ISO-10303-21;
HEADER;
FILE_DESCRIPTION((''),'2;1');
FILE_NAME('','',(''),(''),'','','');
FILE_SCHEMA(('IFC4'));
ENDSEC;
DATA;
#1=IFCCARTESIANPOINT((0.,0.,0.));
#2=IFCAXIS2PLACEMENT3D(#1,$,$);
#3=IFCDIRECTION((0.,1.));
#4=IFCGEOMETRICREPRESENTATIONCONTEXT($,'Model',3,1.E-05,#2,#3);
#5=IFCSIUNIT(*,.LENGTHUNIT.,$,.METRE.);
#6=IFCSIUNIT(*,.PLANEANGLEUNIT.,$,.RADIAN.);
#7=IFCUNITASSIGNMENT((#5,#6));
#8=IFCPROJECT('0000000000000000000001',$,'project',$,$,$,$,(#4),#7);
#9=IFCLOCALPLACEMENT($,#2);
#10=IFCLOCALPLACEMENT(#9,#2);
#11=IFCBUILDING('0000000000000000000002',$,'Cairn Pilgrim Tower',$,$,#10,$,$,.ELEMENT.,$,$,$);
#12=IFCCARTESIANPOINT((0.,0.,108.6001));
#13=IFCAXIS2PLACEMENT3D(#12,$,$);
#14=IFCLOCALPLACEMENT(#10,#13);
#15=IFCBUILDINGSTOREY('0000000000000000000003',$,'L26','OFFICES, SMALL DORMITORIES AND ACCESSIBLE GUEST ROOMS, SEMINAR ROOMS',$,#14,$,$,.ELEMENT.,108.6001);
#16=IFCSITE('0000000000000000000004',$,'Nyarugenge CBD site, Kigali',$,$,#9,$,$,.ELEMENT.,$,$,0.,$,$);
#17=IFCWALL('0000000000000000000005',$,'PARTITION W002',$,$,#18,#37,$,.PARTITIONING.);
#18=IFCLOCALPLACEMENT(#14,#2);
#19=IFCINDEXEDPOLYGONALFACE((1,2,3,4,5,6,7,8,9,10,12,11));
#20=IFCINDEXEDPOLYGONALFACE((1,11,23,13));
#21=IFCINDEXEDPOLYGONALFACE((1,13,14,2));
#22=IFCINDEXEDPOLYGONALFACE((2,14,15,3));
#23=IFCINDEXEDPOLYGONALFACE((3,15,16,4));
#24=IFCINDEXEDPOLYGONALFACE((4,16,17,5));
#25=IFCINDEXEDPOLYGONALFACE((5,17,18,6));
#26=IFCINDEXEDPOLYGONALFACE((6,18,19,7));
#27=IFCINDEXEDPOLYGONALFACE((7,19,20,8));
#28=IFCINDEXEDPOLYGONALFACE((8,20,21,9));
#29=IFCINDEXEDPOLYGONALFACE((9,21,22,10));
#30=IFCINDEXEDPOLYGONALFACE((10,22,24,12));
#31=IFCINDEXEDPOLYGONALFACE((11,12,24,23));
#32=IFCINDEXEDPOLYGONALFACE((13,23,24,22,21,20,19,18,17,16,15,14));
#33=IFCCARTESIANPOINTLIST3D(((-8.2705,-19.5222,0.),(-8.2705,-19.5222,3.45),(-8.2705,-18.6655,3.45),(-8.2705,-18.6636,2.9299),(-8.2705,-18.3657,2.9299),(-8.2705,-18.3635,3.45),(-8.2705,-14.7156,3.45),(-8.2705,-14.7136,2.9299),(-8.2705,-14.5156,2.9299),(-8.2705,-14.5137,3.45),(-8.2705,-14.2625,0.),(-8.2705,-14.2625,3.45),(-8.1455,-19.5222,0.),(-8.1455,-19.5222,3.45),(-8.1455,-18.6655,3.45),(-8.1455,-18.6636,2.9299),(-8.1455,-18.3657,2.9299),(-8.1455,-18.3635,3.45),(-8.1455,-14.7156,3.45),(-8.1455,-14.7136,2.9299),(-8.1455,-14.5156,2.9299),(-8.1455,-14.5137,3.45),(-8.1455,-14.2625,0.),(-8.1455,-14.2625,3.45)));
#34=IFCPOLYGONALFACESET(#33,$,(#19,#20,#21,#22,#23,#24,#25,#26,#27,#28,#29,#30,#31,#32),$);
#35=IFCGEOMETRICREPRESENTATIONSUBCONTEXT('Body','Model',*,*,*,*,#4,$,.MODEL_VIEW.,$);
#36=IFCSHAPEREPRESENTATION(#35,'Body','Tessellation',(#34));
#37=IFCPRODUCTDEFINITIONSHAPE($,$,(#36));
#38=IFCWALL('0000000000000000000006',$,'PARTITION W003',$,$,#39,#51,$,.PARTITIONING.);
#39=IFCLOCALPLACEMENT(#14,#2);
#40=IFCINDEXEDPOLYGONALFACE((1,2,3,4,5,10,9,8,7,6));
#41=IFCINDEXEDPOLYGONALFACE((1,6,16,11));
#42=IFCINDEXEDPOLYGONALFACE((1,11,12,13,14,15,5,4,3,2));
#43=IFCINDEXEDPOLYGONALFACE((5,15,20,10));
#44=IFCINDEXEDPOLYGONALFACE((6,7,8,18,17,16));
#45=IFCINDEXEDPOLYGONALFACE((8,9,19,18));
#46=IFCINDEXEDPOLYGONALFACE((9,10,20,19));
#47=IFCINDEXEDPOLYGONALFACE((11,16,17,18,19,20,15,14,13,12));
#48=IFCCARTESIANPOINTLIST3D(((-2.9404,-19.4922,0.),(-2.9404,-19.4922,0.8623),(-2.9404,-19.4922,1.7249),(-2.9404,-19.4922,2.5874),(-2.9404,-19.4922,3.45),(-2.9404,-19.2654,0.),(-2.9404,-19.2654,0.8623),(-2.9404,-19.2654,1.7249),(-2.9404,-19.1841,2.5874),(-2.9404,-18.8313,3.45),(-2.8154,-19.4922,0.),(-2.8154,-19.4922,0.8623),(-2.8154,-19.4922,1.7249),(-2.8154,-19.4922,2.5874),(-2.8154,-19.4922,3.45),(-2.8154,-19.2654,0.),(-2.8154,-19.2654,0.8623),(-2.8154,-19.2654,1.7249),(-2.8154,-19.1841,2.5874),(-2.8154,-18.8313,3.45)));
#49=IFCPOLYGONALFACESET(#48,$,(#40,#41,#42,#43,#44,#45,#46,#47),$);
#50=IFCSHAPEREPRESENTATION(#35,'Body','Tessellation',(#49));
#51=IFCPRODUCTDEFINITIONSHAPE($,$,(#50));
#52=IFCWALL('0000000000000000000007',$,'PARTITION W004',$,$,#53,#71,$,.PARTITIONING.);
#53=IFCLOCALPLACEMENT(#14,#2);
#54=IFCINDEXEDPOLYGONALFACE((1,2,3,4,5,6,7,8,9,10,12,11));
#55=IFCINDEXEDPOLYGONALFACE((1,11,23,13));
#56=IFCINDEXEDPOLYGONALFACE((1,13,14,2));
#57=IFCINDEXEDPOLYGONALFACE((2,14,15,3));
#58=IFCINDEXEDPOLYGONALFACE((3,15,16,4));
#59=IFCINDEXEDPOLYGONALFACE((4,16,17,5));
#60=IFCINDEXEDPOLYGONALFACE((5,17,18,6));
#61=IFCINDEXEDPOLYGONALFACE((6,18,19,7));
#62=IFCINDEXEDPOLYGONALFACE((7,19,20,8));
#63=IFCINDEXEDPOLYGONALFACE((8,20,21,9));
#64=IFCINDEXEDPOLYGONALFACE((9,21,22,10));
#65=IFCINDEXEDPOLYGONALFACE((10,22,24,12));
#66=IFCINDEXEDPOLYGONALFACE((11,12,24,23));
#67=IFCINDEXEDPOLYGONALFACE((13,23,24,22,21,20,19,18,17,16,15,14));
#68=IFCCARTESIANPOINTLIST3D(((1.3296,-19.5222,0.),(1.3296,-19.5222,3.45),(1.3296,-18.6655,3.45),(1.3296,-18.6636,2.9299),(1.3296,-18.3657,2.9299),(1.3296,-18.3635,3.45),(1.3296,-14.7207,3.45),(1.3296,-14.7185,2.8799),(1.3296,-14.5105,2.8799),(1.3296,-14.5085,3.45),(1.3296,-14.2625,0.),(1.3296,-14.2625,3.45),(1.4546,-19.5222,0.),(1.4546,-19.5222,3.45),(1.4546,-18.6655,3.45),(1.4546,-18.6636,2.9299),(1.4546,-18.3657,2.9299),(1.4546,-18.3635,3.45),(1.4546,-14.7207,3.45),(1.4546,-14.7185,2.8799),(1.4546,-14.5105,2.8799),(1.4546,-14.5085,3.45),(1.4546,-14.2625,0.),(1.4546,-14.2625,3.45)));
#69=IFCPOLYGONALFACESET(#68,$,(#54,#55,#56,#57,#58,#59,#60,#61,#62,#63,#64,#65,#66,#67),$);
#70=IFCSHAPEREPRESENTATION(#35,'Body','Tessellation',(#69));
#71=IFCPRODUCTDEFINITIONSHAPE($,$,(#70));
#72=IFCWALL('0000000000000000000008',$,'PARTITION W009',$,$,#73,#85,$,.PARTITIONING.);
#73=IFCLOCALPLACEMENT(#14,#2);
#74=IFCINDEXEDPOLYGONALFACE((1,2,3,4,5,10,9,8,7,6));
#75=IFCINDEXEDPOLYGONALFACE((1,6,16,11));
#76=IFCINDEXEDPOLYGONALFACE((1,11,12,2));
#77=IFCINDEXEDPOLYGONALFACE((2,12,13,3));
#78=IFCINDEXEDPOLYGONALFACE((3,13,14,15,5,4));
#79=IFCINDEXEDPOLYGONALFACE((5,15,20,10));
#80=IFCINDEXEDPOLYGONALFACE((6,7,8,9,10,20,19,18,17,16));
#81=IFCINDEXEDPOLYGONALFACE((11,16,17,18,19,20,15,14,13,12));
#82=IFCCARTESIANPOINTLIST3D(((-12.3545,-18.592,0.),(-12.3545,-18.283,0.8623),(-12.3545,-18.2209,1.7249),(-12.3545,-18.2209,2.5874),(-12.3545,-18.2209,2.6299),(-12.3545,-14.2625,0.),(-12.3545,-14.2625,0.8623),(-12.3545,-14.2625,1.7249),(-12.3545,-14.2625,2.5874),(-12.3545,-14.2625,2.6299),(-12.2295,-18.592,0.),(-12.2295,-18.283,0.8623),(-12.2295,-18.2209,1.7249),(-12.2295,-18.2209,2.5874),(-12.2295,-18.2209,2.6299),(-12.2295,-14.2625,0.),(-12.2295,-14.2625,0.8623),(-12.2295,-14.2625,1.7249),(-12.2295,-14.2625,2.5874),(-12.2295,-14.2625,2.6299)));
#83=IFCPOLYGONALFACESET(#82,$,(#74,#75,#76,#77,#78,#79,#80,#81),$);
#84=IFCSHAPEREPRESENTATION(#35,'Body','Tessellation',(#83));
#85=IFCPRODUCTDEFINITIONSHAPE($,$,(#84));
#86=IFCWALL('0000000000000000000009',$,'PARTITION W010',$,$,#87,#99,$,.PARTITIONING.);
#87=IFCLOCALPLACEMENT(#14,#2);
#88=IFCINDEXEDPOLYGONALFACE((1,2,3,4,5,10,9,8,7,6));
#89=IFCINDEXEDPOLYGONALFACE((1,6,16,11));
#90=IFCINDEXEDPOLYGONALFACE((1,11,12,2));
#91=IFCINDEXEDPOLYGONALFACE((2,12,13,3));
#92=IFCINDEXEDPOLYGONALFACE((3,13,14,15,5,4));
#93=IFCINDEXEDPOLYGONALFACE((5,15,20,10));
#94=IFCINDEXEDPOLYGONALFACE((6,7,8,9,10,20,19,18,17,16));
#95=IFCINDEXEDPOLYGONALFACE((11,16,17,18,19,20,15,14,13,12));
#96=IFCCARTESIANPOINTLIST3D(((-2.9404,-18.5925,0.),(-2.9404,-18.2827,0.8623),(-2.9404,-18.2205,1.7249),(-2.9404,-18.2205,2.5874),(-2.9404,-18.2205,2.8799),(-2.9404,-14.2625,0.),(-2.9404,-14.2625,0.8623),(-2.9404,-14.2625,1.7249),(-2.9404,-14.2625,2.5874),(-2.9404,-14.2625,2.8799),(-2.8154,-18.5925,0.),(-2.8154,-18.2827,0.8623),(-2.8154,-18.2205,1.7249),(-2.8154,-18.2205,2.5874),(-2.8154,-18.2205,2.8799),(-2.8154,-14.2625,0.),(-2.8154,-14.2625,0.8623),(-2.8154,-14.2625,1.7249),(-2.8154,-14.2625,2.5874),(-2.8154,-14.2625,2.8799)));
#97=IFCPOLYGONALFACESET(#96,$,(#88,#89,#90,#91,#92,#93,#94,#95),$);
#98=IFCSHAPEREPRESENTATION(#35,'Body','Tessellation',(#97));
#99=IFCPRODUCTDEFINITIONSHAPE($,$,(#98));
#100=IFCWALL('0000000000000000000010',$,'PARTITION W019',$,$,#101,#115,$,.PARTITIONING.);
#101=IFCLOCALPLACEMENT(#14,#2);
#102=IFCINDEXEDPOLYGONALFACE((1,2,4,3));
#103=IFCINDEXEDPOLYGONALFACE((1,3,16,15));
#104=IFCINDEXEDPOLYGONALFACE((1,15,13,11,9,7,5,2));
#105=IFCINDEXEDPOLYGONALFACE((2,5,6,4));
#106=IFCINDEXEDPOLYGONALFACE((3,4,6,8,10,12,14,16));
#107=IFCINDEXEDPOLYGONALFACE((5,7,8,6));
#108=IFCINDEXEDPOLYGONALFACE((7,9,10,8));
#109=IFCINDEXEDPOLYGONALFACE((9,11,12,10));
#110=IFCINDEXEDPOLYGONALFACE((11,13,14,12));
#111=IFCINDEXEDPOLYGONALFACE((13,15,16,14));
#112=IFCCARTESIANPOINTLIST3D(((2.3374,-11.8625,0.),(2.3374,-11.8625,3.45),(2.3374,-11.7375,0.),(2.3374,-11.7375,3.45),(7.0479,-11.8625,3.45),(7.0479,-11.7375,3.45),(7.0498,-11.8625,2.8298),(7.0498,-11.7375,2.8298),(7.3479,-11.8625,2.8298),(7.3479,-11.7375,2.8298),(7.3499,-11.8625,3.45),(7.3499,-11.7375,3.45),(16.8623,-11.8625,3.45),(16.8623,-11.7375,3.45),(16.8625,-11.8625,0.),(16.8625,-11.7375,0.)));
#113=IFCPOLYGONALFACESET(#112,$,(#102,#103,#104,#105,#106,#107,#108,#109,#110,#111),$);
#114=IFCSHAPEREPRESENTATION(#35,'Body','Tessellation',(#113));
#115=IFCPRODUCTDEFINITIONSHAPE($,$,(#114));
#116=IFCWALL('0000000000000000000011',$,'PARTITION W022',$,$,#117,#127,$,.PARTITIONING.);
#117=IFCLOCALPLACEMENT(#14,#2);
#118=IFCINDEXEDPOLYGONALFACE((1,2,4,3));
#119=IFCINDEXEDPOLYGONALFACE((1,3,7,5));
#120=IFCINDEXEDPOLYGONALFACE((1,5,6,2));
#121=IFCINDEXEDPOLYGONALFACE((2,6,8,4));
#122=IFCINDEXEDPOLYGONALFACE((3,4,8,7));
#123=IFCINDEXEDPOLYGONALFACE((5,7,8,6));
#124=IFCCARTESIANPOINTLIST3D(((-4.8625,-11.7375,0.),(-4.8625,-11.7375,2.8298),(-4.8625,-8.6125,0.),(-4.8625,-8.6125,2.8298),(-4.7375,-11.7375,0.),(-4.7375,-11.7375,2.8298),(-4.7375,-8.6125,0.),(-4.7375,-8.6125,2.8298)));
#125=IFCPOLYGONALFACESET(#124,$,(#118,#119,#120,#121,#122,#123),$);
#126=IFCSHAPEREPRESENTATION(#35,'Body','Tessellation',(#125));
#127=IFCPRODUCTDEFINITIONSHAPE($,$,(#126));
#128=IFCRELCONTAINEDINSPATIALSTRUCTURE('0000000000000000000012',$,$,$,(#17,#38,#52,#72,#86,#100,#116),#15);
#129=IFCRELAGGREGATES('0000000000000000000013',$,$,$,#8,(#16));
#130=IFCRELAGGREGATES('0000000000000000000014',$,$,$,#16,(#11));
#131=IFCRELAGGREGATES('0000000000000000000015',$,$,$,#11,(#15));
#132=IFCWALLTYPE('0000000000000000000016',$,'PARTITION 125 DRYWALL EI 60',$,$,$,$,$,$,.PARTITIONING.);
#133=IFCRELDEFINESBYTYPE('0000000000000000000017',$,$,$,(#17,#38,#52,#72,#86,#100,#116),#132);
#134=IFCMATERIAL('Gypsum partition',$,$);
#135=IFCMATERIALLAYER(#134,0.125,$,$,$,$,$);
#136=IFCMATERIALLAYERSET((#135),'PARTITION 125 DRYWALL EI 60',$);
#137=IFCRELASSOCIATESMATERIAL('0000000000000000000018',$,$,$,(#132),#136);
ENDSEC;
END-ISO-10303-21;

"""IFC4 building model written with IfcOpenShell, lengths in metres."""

from ifc_helpers import new_model, si_unit, direction, frame, frame_2d, origin, place, context, subcontext, project, spatial, polyline, rectangle, outline, extrude, material, layer, layer_set, type_object, element, save


model = new_model("IFC4")

# Units and contexts
model_context = context("Model", 3, precision=1e-05, world=origin(), true_north=direction((0.0, 1.0)))
body_context = subcontext(model_context, "Body", "Model", "MODEL_VIEW")
ifc_project = project(units=[si_unit("LENGTHUNIT", "METRE"), si_unit("PLANEANGLEUNIT", "RADIAN")], contexts=[model_context])

# Site, building, storey
site_placement = place(None, origin())
site = spatial("IfcSite", under=ifc_project, at=site_placement, Name="Nyarugenge CBD site, Kigali", CompositionType="ELEMENT", RefElevation=0.0)
building_placement = place(site_placement, origin())
building = spatial("IfcBuilding", under=site, at=building_placement, Name="Cairn Pilgrim Tower", CompositionType="ELEMENT")
storey_placement = place(building_placement, frame((0.0, 0.0, 108.6001)))
storey = spatial("IfcBuildingStorey", under=building, at=storey_placement, Name="L26", Description="OFFICES, SMALL DORMITORIES AND ACCESSIBLE GUEST ROOMS, SEMINAR ROOMS", CompositionType="ELEMENT", Elevation=108.6001)

# Walls
ifc_material_1 = material(Name="Gypsum partition")
ifc_layer_1 = layer(ifc_material_1, 0.125)
ifc_layer_set_1 = layer_set([ifc_layer_1], Name="PARTITION 125 DRYWALL EI 60")
wall_type_1 = type_object("IfcWallType", Name="PARTITION 125 DRYWALL EI 60", PredefinedType="PARTITIONING", material=ifc_layer_set_1)
wall_1_placement = place(storey_placement, frame((-8.208, -19.5222, 0.0), z_axis=(0.0, 0.0, 1.0), x_axis=(0.0, 1.0, 0.0)))
element("IfcWall", 1, at=wall_1_placement, inside=storey, type_object=wall_type_1, Name="PARTITION W002", PredefinedType="PARTITIONING", context=body_context, shape_type="SweptSolid", body=[
    extrude(outline(polyline([(0.0, 0.0), (5.2598, 0.0), (5.2598, 3.45), (5.0085, 3.45), (5.0066, 2.9299), (4.8086, 2.9299), (4.8066, 3.45), (1.1587, 3.45), (1.1565, 2.9299), (0.8586, 2.9299), (0.8567, 3.45), (0.0, 3.45), (0.0, 0.0)])), frame((0.0, 0.0625, 0.0), z_axis=(0.0, -1.0, 0.0), x_axis=(1.0, 0.0, 0.0)), (0.0, 0.0, 1.0), 0.125),
])
wall_2_placement = place(storey_placement, frame((-2.8779, -19.4922, 0.0), z_axis=(0.0, 0.0, 1.0), x_axis=(0.0, 1.0, 0.0)))
element("IfcWall", 2, at=wall_2_placement, inside=storey, type_object=wall_type_1, Name="PARTITION W003", PredefinedType="PARTITIONING", context=body_context, shape_type="SweptSolid", body=[
    extrude(outline(polyline([(0.0, 0.0), (0.2268, 0.0), (0.2268, 0.8623), (0.2268, 1.7249), (0.3081, 2.5874), (0.6609, 3.45), (0.0, 3.45), (0.0, 2.5874), (0.0, 1.7249), (0.0, 0.8623), (0.0, 0.0)])), frame((0.0, 0.0625, 0.0), z_axis=(0.0, -1.0, 0.0), x_axis=(1.0, 0.0, 0.0)), (0.0, 0.0, 1.0), 0.125),
])
wall_3_placement = place(storey_placement, frame((1.3921, -19.5222, 0.0), z_axis=(0.0, 0.0, 1.0), x_axis=(0.0, 1.0, 0.0)))
element("IfcWall", 3, at=wall_3_placement, inside=storey, type_object=wall_type_1, Name="PARTITION W004", PredefinedType="PARTITIONING", context=body_context, shape_type="SweptSolid", body=[
    extrude(outline(polyline([(0.0, 0.0), (5.2598, 0.0), (5.2598, 3.45), (5.0137, 3.45), (5.0117, 2.8799), (4.8037, 2.8799), (4.8015, 3.45), (1.1587, 3.45), (1.1565, 2.9299), (0.8586, 2.9299), (0.8567, 3.45), (0.0, 3.45), (0.0, 0.0)])), frame((0.0, 0.0625, 0.0), z_axis=(0.0, -1.0, 0.0), x_axis=(1.0, 0.0, 0.0)), (0.0, 0.0, 1.0), 0.125),
])
wall_4_placement = place(storey_placement, frame((-12.292, -18.592, 0.0), z_axis=(0.0, 0.0, 1.0), x_axis=(0.0, 1.0, 0.0)))
element("IfcWall", 4, at=wall_4_placement, inside=storey, type_object=wall_type_1, Name="PARTITION W009", PredefinedType="PARTITIONING", context=body_context, shape_type="SweptSolid", body=[
    extrude(outline(polyline([(0.0, 0.0), (4.3296, 0.0), (4.3296, 0.8623), (4.3296, 1.7249), (4.3296, 2.5874), (4.3296, 2.6299), (0.3711, 2.6299), (0.3711, 2.5874), (0.3711, 1.7249), (0.3091, 0.8623), (0.0, 0.0)])), frame((0.0, 0.0625, 0.0), z_axis=(0.0, -1.0, 0.0), x_axis=(1.0, 0.0, 0.0)), (0.0, 0.0, 1.0), 0.125),
])
wall_5_placement = place(storey_placement, frame((-2.8779, -18.5925, 0.0), z_axis=(0.0, 0.0, 1.0), x_axis=(0.0, 1.0, 0.0)))
element("IfcWall", 5, at=wall_5_placement, inside=storey, type_object=wall_type_1, Name="PARTITION W010", PredefinedType="PARTITIONING", context=body_context, shape_type="SweptSolid", body=[
    extrude(outline(polyline([(0.0, 0.0), (4.3301, 0.0), (4.3301, 0.8623), (4.3301, 1.7249), (4.3301, 2.5874), (4.3301, 2.8799), (0.3721, 2.8799), (0.3721, 2.5874), (0.3721, 1.7249), (0.3098, 0.8623), (0.0, 0.0)])), frame((0.0, 0.0625, 0.0), z_axis=(0.0, -1.0, 0.0), x_axis=(1.0, 0.0, 0.0)), (0.0, 0.0, 1.0), 0.125),
])
wall_6_placement = place(storey_placement, frame((2.3374, -11.8, 0.0), z_axis=(0.0, 0.0, 1.0), x_axis=(1.0, 0.0, 0.0)))
element("IfcWall", 6, at=wall_6_placement, inside=storey, type_object=wall_type_1, Name="PARTITION W019", PredefinedType="PARTITIONING", context=body_context, shape_type="SweptSolid", body=[
    extrude(outline(polyline([(0.0, 0.0), (14.5251, 0.0), (14.5249, 3.45), (5.0125, 3.45), (5.0105, 2.8298), (4.7124, 2.8298), (4.7104, 3.45), (0.0, 3.45), (0.0, 0.0)])), frame((0.0, 0.0625, 0.0), z_axis=(0.0, -1.0, 0.0), x_axis=(1.0, 0.0, 0.0)), (0.0, 0.0, 1.0), 0.125),
])
wall_7_placement = place(storey_placement, frame((-4.8, -11.7375, 0.0), z_axis=(0.0, 0.0, 1.0), x_axis=(0.0, 1.0, 0.0)))
element("IfcWall", 7, at=wall_7_placement, inside=storey, type_object=wall_type_1, Name="PARTITION W022", PredefinedType="PARTITIONING", context=body_context, shape_type="SweptSolid", body=[
    extrude(rectangle(XDim=3.125, YDim=0.125, at=frame_2d((1.5625, 0.0))), origin(), (0.0, 0.0, 1.0), 2.8298),
])

save(model, "model.ifc")
